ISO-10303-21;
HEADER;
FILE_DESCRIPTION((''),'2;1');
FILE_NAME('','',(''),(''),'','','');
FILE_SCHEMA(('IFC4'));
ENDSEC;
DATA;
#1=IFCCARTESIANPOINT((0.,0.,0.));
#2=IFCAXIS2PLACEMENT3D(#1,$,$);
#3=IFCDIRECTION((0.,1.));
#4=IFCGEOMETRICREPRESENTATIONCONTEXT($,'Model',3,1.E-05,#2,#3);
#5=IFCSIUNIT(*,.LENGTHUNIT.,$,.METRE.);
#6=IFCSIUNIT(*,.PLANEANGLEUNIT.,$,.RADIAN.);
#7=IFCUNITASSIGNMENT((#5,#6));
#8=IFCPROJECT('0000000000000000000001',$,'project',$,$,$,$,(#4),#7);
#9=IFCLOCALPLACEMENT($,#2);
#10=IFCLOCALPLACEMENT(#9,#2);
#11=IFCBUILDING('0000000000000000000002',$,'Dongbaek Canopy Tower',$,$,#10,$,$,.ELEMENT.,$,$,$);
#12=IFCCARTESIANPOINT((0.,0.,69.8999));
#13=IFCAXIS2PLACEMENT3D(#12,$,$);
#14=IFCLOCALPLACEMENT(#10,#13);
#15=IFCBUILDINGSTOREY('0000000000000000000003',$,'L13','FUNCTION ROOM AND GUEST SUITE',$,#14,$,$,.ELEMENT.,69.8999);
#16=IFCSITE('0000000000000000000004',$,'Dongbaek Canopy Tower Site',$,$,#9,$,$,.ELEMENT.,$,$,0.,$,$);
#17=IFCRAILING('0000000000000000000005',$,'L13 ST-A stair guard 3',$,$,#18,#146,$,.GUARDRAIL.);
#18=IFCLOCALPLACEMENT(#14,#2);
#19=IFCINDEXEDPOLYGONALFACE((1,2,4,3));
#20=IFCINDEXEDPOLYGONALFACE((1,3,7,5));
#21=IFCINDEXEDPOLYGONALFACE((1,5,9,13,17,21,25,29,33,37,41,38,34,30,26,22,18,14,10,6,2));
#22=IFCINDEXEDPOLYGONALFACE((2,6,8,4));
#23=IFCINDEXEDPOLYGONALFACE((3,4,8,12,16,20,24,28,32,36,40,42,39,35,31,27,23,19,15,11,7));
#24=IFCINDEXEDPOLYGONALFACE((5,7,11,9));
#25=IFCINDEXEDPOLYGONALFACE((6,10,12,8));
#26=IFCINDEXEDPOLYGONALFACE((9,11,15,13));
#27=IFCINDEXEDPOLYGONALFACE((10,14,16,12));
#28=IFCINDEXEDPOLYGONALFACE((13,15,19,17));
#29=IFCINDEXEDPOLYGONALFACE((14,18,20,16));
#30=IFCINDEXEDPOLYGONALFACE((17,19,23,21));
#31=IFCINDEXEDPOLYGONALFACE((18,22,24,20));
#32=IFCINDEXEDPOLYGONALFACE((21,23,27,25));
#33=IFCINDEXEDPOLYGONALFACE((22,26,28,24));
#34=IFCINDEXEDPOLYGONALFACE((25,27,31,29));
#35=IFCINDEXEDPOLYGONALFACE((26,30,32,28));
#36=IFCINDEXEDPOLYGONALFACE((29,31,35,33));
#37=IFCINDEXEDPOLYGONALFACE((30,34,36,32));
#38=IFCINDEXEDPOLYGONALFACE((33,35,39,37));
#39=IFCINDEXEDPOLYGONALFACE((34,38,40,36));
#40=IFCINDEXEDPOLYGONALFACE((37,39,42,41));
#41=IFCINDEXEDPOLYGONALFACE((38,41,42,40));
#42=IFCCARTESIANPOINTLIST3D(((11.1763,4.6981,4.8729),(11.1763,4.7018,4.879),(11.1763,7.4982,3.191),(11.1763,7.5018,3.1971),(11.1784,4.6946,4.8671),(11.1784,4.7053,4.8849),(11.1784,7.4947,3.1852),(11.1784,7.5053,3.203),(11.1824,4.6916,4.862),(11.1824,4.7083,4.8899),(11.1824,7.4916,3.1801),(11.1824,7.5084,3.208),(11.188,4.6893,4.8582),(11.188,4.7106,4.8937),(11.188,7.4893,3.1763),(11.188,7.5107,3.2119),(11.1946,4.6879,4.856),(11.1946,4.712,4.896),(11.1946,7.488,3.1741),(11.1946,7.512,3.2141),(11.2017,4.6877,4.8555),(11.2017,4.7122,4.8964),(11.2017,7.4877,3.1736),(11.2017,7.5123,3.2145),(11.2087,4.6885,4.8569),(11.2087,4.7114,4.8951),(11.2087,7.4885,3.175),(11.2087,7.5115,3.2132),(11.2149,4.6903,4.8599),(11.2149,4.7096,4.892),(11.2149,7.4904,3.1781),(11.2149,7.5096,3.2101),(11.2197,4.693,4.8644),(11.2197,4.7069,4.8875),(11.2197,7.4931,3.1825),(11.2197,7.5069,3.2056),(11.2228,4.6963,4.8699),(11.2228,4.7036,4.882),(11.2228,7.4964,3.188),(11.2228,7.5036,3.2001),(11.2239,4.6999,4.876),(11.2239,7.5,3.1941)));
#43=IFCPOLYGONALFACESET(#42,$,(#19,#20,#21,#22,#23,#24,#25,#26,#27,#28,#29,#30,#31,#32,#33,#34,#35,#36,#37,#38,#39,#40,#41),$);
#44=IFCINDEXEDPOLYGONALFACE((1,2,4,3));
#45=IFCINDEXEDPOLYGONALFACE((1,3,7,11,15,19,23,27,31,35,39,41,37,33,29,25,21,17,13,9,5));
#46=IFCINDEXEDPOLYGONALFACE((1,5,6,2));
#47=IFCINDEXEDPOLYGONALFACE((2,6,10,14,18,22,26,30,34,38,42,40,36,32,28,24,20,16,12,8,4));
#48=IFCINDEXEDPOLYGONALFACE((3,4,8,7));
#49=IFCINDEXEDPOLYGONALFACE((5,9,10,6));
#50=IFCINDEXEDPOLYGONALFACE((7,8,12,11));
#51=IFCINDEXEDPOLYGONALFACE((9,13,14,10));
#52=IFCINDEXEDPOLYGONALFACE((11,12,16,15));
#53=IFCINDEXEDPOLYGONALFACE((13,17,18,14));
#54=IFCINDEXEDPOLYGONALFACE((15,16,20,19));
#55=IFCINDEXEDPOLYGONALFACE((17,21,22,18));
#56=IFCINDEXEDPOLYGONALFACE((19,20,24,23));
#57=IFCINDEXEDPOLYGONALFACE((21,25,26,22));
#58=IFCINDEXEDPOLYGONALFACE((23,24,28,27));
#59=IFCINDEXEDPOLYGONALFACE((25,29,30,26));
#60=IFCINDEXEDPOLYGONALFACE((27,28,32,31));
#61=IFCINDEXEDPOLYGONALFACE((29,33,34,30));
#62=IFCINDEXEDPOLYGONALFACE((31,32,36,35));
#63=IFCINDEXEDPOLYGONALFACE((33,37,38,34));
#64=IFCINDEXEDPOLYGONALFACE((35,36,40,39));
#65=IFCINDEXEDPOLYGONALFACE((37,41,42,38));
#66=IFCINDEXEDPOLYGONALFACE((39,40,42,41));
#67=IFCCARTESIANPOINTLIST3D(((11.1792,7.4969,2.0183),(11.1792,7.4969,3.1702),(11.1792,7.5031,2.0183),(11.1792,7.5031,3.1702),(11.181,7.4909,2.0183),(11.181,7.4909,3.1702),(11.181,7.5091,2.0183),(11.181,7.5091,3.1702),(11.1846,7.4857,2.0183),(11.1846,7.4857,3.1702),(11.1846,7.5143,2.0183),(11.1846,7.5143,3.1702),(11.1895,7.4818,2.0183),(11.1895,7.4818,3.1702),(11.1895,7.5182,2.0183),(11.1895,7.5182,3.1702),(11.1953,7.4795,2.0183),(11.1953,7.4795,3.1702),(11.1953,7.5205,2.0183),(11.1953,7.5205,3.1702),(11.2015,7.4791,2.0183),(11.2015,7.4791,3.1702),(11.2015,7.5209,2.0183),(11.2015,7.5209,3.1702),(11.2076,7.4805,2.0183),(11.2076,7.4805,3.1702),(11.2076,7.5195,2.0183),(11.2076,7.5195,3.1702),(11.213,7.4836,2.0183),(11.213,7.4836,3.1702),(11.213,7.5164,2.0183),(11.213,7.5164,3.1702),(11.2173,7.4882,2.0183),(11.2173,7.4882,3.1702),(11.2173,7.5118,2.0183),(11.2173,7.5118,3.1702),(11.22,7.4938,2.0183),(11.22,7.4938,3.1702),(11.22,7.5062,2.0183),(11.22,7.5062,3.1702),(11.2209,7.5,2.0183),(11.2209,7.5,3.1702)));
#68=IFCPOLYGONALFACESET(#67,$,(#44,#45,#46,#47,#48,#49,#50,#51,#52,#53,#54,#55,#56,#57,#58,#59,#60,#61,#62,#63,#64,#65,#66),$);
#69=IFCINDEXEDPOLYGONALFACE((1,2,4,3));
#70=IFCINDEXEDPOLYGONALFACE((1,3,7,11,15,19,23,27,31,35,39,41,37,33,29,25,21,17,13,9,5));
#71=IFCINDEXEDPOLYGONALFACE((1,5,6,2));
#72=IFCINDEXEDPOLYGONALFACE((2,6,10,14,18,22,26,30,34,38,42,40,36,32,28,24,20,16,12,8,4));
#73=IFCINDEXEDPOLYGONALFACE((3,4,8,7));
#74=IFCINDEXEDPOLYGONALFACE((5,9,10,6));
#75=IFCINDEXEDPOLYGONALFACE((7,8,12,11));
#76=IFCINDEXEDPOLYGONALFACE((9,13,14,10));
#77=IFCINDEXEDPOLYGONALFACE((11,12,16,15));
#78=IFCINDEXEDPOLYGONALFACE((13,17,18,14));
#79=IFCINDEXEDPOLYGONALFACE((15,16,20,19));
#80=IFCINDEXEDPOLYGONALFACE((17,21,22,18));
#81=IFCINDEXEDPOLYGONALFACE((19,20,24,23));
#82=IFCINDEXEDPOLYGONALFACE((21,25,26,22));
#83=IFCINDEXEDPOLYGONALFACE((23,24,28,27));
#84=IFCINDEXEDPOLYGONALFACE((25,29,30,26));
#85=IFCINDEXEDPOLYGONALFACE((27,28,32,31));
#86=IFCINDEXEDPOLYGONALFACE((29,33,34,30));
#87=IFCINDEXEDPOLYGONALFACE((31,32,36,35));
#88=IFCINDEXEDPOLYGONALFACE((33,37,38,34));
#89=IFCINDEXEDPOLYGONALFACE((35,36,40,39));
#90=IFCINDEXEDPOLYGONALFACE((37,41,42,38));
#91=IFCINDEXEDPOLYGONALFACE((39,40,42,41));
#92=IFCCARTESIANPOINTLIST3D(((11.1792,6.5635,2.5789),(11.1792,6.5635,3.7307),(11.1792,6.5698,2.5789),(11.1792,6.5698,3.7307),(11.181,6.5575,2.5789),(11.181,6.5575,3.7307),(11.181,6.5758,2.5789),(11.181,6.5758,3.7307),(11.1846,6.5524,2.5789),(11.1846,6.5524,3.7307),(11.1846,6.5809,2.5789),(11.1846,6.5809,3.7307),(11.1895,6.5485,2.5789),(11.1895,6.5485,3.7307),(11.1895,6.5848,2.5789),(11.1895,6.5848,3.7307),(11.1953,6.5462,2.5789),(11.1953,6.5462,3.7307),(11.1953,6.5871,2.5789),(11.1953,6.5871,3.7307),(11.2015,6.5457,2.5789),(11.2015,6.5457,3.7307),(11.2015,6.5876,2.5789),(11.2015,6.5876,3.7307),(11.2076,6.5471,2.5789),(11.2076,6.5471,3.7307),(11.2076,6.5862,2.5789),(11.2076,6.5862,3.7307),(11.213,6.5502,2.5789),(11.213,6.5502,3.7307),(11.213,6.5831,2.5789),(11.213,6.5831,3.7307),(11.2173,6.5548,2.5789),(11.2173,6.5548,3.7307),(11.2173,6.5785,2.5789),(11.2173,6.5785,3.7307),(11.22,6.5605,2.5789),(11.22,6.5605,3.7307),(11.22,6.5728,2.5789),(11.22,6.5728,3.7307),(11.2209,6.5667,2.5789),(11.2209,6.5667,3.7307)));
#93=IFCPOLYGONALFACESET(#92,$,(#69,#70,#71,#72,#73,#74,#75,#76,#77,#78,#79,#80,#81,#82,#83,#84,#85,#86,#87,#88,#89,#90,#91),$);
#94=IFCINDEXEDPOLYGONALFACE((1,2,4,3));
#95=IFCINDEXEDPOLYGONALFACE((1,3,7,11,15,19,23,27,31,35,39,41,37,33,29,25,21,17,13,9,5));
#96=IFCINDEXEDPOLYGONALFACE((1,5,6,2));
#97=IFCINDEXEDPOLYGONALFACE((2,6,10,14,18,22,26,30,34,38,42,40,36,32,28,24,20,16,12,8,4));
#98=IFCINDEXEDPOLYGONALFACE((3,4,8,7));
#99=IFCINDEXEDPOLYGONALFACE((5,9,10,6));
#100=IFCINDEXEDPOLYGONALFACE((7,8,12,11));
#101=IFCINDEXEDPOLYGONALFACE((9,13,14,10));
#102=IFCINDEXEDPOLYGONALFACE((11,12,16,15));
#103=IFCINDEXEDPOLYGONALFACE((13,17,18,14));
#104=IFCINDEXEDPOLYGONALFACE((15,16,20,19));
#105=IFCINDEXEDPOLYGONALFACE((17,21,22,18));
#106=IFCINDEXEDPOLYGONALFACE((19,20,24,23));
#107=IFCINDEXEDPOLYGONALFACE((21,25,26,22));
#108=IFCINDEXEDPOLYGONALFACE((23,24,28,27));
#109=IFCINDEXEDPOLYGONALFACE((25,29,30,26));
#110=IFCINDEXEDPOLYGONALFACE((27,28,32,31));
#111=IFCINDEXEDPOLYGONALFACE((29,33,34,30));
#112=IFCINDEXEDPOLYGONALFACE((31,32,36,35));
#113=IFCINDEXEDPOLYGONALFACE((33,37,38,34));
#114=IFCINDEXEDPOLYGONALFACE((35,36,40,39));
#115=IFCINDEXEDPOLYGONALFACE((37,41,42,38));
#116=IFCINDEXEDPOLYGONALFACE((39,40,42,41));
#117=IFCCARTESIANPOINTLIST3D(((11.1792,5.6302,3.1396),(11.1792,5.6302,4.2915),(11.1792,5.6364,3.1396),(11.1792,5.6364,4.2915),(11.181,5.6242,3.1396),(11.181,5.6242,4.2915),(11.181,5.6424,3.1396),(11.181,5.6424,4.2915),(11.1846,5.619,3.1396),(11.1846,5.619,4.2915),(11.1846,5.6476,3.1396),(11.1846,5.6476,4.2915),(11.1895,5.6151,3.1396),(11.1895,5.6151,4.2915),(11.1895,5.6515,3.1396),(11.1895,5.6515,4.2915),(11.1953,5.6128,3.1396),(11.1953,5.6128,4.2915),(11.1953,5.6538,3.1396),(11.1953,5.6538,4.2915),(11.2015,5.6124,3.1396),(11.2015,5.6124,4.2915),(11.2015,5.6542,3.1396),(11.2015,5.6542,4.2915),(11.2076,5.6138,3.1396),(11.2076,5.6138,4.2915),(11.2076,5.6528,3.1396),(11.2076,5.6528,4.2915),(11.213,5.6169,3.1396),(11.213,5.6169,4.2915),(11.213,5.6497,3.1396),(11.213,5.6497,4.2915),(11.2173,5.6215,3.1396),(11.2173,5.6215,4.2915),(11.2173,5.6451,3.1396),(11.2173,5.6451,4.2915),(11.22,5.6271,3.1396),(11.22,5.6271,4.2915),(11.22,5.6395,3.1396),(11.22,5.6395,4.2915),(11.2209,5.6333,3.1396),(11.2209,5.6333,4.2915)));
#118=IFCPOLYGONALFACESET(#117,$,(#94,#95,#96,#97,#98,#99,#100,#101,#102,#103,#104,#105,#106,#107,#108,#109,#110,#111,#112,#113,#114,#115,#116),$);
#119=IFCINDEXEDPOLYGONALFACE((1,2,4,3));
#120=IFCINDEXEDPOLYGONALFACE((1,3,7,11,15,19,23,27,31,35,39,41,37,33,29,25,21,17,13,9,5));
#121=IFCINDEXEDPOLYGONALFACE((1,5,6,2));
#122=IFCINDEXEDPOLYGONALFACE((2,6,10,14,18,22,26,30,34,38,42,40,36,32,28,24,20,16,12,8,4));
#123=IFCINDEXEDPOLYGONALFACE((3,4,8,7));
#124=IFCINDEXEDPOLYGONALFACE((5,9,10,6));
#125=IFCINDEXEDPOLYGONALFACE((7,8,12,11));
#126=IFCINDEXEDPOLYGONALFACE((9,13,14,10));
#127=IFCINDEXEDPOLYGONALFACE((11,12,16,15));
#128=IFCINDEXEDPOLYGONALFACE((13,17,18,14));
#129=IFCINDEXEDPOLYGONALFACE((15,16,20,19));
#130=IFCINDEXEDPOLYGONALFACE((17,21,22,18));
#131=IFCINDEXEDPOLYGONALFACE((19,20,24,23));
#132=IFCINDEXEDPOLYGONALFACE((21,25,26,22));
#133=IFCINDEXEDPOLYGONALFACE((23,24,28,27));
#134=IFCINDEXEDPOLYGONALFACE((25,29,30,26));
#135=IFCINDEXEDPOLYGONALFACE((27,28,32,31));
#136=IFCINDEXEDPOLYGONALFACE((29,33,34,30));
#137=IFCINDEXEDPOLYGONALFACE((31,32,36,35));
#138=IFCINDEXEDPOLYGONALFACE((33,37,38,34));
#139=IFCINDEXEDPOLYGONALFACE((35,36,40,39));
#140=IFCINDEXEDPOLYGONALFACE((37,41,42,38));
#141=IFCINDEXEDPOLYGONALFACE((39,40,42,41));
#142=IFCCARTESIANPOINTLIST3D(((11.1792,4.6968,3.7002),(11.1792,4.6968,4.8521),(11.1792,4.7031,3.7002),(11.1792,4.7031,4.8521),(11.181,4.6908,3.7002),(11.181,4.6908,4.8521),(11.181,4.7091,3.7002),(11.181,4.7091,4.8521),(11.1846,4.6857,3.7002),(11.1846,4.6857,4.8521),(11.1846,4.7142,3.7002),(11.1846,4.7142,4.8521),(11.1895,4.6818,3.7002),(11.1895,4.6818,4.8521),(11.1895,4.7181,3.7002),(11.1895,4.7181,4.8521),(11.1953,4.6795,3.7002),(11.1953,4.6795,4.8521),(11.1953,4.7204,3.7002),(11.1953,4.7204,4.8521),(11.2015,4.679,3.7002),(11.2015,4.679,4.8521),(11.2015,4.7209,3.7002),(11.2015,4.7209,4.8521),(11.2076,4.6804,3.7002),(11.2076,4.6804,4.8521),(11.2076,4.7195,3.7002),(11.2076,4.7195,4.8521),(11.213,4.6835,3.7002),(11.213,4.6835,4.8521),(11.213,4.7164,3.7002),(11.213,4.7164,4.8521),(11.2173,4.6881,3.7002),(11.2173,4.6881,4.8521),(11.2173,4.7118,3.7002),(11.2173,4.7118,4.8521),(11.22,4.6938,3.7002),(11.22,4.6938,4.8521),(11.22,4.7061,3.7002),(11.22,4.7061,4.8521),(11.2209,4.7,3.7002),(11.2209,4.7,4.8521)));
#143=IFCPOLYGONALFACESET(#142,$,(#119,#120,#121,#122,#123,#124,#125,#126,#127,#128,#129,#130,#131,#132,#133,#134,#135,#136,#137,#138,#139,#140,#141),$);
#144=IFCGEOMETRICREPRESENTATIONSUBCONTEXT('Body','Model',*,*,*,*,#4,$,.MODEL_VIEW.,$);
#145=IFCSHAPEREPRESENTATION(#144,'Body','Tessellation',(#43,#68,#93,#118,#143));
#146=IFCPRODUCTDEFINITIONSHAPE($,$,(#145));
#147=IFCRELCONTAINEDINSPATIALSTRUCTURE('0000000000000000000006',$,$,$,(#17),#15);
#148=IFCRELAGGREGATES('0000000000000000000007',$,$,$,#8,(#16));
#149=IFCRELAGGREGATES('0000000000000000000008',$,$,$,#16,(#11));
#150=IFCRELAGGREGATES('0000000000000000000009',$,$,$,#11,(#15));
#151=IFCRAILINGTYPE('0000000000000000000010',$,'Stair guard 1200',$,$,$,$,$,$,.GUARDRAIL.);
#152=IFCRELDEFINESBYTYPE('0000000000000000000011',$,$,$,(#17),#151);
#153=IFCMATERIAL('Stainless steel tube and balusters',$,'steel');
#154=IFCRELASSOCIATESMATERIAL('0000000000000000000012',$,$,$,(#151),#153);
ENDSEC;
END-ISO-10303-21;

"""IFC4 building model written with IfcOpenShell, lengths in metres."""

from ifc_helpers import new_model, si_unit, direction, frame, origin, origin_2d, place, context, subcontext, project, spatial, circle, extrude, material, type_object, element, save


model = new_model("IFC4")

# Units and contexts
model_context = context("Model", 3, precision=1e-05, world=origin(), true_north=direction((0.0, 1.0)))
body_context = subcontext(model_context, "Body", "Model", "MODEL_VIEW")
ifc_project = project(units=[si_unit("LENGTHUNIT", "METRE"), si_unit("PLANEANGLEUNIT", "RADIAN")], contexts=[model_context])

# Site, building, storey
site_placement = place(None, origin())
site = spatial("IfcSite", under=ifc_project, at=site_placement, Name="Dongbaek Canopy Tower Site", CompositionType="ELEMENT", RefElevation=0.0)
building_placement = place(site_placement, origin())
building = spatial("IfcBuilding", under=site, at=building_placement, Name="Dongbaek Canopy Tower", CompositionType="ELEMENT")
storey_placement = place(building_placement, frame((0.0, 0.0, 69.8999)))
storey = spatial("IfcBuildingStorey", under=building, at=storey_placement, Name="L13", Description="FUNCTION ROOM AND GUEST SUITE", CompositionType="ELEMENT", Elevation=69.8999)

# Railing
ifc_material_1 = material(Name="Stainless steel tube and balusters", Category="steel")
railing_type_1 = type_object("IfcRailingType", Name="Stair guard 1200", PredefinedType="GUARDRAIL", material=ifc_material_1)
railing_1_placement = place(storey_placement, frame((11.2, 7.5, 2.0183)))
element("IfcRailing", 1, at=railing_1_placement, inside=storey, type_object=railing_type_1, Name="L13 ST-A stair guard 3", PredefinedType="GUARDRAIL", context=body_context, shape_type="SweptSolid", body=[
    extrude(circle(Radius=0.0239, at=origin_2d()), frame((0.0, 0.0, 1.1758), z_axis=(0.0, -0.857242, 0.514913), x_axis=(1.0, 0.0, 0.0)), (0.0, 0.0, 1.0), 3.2664),
    extrude(circle(Radius=0.021, at=origin_2d()), origin(), (0.0, 0.0, 1.0), 1.1519),
    extrude(circle(Radius=0.021, at=origin_2d()), frame((0.0, -0.9333, 0.5605)), (0.0, 0.0, 1.0), 1.1519),
    extrude(circle(Radius=0.021, at=origin_2d()), frame((0.0, -1.8667, 1.1213)), (0.0, 0.0, 1.0), 1.1519),
    extrude(circle(Radius=0.021, at=origin_2d()), frame((0.0, -2.8, 1.6819)), (0.0, 0.0, 1.0), 1.1519),
])

save(model, "model.ifc")
